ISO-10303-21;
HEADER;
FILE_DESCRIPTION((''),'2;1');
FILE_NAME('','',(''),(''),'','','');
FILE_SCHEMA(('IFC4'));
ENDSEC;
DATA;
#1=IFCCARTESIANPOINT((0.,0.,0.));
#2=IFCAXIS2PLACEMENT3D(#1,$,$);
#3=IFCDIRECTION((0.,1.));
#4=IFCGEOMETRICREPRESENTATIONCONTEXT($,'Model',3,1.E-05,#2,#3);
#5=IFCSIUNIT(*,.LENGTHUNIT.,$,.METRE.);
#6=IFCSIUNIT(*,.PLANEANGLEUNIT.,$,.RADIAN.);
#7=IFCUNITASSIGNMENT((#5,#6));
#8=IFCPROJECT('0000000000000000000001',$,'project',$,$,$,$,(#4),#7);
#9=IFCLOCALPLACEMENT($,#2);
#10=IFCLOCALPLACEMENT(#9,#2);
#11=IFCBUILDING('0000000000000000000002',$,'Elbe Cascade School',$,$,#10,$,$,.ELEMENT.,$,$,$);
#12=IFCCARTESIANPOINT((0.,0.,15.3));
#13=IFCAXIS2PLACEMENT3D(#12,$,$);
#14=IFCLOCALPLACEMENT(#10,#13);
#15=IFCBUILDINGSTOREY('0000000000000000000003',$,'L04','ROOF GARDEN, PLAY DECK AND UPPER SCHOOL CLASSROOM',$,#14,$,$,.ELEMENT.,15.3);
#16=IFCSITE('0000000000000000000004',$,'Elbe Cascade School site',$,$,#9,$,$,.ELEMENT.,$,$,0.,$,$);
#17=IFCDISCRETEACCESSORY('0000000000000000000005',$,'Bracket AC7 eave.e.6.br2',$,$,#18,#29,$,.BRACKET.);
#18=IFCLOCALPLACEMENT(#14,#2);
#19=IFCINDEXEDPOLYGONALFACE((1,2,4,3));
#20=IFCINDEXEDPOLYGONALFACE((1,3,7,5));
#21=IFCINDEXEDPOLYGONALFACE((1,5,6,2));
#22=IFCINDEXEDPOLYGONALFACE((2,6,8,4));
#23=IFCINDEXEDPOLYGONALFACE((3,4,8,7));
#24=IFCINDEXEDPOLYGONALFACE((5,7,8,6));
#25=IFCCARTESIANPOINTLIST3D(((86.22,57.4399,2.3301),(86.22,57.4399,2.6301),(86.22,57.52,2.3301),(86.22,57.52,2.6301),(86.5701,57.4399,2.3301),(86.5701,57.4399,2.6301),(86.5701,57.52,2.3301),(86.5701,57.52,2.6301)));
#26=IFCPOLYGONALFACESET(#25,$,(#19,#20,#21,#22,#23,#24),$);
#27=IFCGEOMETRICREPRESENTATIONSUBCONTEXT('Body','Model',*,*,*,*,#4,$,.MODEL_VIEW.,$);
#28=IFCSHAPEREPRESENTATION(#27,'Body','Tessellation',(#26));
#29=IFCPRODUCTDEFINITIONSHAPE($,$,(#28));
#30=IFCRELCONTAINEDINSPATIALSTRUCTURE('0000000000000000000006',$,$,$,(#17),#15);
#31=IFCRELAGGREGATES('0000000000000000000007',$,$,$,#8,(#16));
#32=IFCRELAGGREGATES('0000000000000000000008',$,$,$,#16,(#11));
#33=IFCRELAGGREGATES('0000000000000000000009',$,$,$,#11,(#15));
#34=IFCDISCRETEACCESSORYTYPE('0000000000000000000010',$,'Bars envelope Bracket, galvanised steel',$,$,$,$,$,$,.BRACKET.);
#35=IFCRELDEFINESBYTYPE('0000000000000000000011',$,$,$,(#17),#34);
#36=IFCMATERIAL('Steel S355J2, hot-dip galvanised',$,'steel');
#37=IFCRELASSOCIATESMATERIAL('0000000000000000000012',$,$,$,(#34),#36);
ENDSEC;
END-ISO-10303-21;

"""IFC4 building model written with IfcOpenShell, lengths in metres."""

from ifc_helpers import new_model, si_unit, direction, frame, origin, origin_2d, place, context, subcontext, project, spatial, rectangle, extrude, material, type_object, element, save


model = new_model("IFC4")

# Units and contexts
model_context = context("Model", 3, precision=1e-05, world=origin(), true_north=direction((0.0, 1.0)))
body_context = subcontext(model_context, "Body", "Model", "MODEL_VIEW")
ifc_project = project(units=[si_unit("LENGTHUNIT", "METRE"), si_unit("PLANEANGLEUNIT", "RADIAN")], contexts=[model_context])

# Site, building, storey
site_placement = place(None, origin())
site = spatial("IfcSite", under=ifc_project, at=site_placement, Name="Elbe Cascade School site", CompositionType="ELEMENT", RefElevation=0.0)
building_placement = place(site_placement, origin())
building = spatial("IfcBuilding", under=site, at=building_placement, Name="Elbe Cascade School", CompositionType="ELEMENT")
storey_placement = place(building_placement, frame((0.0, 0.0, 15.3)))
storey = spatial("IfcBuildingStorey", under=building, at=storey_placement, Name="L04", Description="ROOF GARDEN, PLAY DECK AND UPPER SCHOOL CLASSROOM", CompositionType="ELEMENT", Elevation=15.3)

# Discrete accessory
ifc_material_1 = material(Name="Steel S355J2, hot-dip galvanised", Category="steel")
discrete_accessory_type = type_object("IfcDiscreteAccessoryType", Name="Bars envelope Bracket, galvanised steel", PredefinedType="BRACKET", material=ifc_material_1)
for number, where, z_axis, x_axis, name in (
    (1, (86.395, 57.48, 2.3301), (0.0, 0.0, 1.0), (0.0, 1.0, 0.0), "Bracket AC7 eave.e.6.br2"),
):
    element("IfcDiscreteAccessory", number, at=place(storey_placement, frame(where, z_axis=z_axis, x_axis=x_axis)), inside=storey, type_object=discrete_accessory_type, Name=name, PredefinedType="BRACKET", context=body_context, shape_type="SweptSolid", body=[
        extrude(rectangle(XDim=0.0801, YDim=0.3501, at=origin_2d()), origin(), (0.0, 0.0, 1.0), 0.3),
    ])

save(model, "model.ifc")
